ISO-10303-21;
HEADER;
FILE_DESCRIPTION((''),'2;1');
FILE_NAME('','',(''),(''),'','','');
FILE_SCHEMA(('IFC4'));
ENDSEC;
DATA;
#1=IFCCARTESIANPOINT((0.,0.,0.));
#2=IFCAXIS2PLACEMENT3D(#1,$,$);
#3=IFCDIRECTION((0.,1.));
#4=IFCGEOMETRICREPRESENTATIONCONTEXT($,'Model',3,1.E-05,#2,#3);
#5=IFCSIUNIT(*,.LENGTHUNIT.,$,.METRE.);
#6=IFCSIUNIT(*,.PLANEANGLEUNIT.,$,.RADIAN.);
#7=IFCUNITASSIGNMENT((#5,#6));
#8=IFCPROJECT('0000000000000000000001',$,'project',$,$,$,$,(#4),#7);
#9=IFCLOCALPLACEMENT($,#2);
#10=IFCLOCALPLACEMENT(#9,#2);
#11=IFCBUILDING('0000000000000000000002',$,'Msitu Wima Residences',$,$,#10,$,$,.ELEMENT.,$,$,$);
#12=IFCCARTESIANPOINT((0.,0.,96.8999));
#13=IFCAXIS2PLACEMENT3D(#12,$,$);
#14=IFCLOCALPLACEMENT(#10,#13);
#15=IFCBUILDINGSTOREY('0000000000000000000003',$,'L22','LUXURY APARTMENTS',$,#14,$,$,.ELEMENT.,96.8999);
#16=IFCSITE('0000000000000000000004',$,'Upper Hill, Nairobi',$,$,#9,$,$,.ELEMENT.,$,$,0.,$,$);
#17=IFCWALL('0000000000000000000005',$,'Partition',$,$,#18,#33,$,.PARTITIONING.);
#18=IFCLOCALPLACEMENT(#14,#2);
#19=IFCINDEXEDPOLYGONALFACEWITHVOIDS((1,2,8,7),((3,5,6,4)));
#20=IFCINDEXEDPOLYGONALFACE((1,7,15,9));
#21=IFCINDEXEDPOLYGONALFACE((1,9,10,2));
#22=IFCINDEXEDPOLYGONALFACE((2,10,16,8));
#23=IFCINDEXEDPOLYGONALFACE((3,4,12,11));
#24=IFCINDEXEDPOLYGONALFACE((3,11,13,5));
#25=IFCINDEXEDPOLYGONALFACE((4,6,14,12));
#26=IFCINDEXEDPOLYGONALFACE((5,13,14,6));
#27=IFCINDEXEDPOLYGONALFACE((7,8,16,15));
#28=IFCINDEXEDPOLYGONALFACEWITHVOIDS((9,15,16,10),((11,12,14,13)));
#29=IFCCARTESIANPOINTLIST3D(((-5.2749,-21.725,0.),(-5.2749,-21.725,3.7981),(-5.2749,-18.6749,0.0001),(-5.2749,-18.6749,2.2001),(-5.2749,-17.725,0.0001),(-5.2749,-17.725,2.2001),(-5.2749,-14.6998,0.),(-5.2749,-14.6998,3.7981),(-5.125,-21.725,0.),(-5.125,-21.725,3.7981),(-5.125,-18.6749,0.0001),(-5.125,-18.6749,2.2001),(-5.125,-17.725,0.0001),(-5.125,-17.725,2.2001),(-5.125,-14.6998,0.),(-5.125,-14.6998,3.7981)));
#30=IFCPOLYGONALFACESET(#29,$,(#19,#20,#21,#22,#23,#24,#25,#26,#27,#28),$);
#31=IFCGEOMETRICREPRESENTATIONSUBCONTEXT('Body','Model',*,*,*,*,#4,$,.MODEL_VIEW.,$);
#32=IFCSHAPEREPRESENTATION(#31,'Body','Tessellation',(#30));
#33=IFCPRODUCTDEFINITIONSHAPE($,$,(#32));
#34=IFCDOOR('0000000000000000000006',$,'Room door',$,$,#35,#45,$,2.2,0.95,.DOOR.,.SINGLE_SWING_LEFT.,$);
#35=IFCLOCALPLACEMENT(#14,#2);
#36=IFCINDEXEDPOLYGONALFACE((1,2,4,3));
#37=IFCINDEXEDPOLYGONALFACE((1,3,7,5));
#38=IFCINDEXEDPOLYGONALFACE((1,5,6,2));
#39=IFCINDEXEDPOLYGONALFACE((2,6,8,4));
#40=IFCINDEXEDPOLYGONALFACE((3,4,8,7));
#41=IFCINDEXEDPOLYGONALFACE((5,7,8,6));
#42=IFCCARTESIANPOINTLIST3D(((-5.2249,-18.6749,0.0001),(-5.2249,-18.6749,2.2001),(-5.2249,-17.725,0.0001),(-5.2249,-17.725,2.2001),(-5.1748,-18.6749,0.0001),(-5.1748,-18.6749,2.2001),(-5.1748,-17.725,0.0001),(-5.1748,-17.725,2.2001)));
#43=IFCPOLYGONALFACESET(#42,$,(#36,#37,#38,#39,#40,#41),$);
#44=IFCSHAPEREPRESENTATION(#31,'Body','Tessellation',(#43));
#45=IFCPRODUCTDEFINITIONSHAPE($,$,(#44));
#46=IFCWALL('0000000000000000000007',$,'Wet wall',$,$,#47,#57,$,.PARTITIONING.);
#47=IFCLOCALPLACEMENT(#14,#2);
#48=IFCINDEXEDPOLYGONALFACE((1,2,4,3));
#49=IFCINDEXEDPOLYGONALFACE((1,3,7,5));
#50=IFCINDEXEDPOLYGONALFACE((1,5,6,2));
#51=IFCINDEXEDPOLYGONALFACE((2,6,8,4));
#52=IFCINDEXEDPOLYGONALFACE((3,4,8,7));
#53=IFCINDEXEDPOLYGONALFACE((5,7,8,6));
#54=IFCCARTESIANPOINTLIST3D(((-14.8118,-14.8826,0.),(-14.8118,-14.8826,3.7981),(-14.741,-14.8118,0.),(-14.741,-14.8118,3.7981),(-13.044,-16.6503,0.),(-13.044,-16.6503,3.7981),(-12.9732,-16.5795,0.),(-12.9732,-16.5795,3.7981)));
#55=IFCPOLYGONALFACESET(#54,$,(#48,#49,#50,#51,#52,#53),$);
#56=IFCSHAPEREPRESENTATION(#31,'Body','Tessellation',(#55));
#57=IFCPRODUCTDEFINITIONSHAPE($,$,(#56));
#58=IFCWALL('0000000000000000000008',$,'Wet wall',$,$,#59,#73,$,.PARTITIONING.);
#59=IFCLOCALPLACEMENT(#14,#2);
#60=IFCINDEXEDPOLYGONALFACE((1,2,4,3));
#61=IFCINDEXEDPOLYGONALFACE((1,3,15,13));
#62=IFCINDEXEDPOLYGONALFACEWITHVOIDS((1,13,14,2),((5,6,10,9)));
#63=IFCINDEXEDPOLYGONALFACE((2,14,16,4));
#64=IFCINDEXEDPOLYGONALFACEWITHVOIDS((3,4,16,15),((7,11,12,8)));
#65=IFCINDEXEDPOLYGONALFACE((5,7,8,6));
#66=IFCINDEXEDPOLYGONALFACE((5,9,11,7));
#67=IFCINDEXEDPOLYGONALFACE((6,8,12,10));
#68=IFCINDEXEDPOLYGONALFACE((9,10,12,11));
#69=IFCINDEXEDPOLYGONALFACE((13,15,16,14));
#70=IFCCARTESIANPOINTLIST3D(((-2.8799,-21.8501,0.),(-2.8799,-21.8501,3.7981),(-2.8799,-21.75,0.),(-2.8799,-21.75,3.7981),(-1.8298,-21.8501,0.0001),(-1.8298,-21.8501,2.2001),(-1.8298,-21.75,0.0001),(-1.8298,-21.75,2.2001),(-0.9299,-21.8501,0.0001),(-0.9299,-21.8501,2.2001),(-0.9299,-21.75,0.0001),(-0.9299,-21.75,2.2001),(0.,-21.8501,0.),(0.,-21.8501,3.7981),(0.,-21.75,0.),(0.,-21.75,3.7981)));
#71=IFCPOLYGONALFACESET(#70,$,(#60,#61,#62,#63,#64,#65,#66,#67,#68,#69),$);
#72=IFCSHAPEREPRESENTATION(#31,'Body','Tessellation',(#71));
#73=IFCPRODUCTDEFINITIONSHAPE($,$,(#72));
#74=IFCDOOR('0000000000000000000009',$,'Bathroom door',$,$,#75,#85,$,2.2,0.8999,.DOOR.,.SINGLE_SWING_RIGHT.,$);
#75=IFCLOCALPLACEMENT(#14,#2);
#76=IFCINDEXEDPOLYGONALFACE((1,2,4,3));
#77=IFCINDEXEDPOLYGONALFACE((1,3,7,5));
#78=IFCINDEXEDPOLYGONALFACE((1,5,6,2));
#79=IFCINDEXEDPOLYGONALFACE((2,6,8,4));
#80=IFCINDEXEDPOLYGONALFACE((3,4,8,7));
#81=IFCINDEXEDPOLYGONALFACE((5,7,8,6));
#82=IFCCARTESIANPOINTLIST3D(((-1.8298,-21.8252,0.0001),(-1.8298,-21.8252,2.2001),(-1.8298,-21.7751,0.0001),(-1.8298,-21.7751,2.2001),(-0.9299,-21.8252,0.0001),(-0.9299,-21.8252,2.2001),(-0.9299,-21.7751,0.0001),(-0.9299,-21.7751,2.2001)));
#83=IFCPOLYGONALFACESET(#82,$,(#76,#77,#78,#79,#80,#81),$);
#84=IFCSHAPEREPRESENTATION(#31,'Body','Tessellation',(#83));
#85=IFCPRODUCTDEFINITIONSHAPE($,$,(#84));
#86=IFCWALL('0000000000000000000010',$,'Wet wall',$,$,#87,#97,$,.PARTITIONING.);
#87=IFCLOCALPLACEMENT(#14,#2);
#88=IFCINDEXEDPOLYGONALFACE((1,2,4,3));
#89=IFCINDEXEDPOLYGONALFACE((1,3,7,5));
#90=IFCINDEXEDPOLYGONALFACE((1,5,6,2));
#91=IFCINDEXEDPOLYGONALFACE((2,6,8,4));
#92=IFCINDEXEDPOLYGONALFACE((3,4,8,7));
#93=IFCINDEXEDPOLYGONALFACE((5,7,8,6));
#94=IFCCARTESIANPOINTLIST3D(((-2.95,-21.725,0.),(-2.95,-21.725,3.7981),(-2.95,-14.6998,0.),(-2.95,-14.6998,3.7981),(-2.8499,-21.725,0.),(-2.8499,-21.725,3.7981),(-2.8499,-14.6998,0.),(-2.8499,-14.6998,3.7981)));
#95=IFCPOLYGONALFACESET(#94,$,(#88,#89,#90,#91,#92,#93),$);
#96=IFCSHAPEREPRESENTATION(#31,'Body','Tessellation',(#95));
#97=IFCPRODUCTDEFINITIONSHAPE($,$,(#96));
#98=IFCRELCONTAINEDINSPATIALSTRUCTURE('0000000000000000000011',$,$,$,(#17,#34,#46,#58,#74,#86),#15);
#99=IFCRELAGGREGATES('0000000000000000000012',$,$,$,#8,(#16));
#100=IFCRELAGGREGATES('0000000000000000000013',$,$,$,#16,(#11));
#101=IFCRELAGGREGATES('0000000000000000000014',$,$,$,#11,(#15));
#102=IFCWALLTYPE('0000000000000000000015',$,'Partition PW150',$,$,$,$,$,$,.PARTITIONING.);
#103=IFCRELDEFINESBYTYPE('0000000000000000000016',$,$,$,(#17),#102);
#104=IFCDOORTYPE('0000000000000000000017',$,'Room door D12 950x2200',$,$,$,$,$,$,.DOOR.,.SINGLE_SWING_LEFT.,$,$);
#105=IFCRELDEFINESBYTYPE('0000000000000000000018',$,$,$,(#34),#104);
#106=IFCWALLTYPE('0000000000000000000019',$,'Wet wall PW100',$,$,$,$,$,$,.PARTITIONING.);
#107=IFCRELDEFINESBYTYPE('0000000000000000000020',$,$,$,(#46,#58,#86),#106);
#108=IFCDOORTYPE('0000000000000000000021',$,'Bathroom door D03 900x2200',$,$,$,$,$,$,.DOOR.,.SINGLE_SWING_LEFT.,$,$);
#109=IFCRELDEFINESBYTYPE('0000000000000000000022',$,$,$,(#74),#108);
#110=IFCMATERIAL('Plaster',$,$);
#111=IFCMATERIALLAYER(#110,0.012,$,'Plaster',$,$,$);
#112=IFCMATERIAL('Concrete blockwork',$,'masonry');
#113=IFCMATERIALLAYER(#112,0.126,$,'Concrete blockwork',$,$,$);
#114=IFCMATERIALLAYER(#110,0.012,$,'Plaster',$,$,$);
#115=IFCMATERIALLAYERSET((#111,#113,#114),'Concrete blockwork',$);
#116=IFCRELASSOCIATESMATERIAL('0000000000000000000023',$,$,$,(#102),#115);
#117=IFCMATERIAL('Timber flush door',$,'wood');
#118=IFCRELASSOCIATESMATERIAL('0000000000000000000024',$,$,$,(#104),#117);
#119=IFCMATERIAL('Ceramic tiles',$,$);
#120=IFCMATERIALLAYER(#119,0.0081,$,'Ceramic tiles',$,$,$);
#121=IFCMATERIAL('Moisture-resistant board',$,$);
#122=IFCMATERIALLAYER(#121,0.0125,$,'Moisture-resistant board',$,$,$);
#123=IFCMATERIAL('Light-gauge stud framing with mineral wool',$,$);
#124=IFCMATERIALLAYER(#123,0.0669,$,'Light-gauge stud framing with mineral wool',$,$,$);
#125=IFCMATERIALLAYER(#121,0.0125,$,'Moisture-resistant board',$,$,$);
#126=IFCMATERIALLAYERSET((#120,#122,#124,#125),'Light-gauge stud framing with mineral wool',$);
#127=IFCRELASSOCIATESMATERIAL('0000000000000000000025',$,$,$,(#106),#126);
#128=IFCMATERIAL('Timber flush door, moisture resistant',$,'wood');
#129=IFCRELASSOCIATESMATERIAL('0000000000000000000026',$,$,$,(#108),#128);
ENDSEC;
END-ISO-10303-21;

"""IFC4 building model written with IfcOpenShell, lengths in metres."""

from ifc_helpers import new_model, si_unit, direction, frame, frame_2d, origin, place, context, subcontext, project, spatial, rectangle, extrude, material, layer, layer_set, type_object, element, fill, save


model = new_model("IFC4")

# Units and contexts
model_context = context("Model", 3, precision=1e-05, world=origin(), true_north=direction((0.0, 1.0)))
body_context = subcontext(model_context, "Body", "Model", "MODEL_VIEW")
ifc_project = project(units=[si_unit("LENGTHUNIT", "METRE"), si_unit("PLANEANGLEUNIT", "RADIAN")], contexts=[model_context])

# Site, building, storey
site_placement = place(None, origin())
site = spatial("IfcSite", under=ifc_project, at=site_placement, Name="Upper Hill, Nairobi", CompositionType="ELEMENT", RefElevation=0.0)
building_placement = place(site_placement, origin())
building = spatial("IfcBuilding", under=site, at=building_placement, Name="Msitu Wima Residences", CompositionType="ELEMENT")
storey_placement = place(building_placement, frame((0.0, 0.0, 96.8999)))
storey = spatial("IfcBuildingStorey", under=building, at=storey_placement, Name="L22", Description="LUXURY APARTMENTS", CompositionType="ELEMENT", Elevation=96.8999)

# Shared definitions
ifc_material_1 = material(Name="Plaster")
ifc_layer_1 = layer(ifc_material_1, 0.012, Name="Plaster")
ifc_material_2 = material(Name="Concrete blockwork", Category="masonry")
ifc_layer_2 = layer(ifc_material_2, 0.126, Name="Concrete blockwork")
ifc_layer_3 = layer(ifc_material_1, 0.012, Name="Plaster")
ifc_layer_set_1 = layer_set([ifc_layer_1, ifc_layer_2, ifc_layer_3], Name="Concrete blockwork")
wall_type_1 = type_object("IfcWallType", Name="Partition PW150", PredefinedType="PARTITIONING", material=ifc_layer_set_1)
ifc_material_3 = material(Name="Timber flush door", Category="wood")
door_type_1 = type_object("IfcDoorType", Name="Room door D12 950x2200", OperationType="SINGLE_SWING_LEFT", PredefinedType="DOOR", material=ifc_material_3)

# Wall, opening, door
wall_1_placement = place(storey_placement, frame((-5.2, -21.7251, 0.0), z_axis=(0.0, 0.0, 1.0), x_axis=(0.0, 1.0, 0.0)))
wall_1 = element("IfcWall", 1, at=wall_1_placement, inside=storey, type_object=wall_type_1, Name="Partition", PredefinedType="PARTITIONING", context=body_context, shape_type="SweptSolid", body=[
    extrude(rectangle(XDim=7.0251, YDim=0.1499, at=frame_2d((3.5127, 0.0))), origin(), (0.0, 0.0, 1.0), 3.7981),
])
opening_1_placement = place(wall_1_placement, frame((3.05, 0.0, 0.0)))
opening_1 = element("IfcOpeningElement", 2, at=opening_1_placement, cuts=wall_1, PredefinedType="OPENING", context=body_context, shape_type="SweptSolid", body=[
    extrude(rectangle(XDim=0.95, YDim=2.2, at=frame_2d((0.4751, 1.1001))), frame((0.0, 0.085, 0.0), z_axis=(0.0, -1.0, 0.0), x_axis=(1.0, 0.0, 0.0)), (0.0, 0.0, 1.0), 0.1699),
])
door_1_placement = place(opening_1_placement, origin())
door_1 = element("IfcDoor", 3, at=door_1_placement, inside=storey, type_object=door_type_1, Name="Room door", OperationType="SINGLE_SWING_LEFT", OverallHeight=2.2, OverallWidth=0.95, PredefinedType="DOOR", context=body_context, shape_type="SweptSolid", body=[
    extrude(rectangle(XDim=0.95, YDim=2.2, at=frame_2d((0.4751, 1.1001))), frame((0.0, 0.0249, 0.0), z_axis=(0.0, -1.0, 0.0), x_axis=(1.0, 0.0, 0.0)), (0.0, 0.0, 1.0), 0.05),
])
fill(opening_1, door_1)

# Wall
ifc_material_4 = material(Name="Ceramic tiles")
ifc_layer_4 = layer(ifc_material_4, 0.0081, Name="Ceramic tiles")
ifc_material_5 = material(Name="Moisture-resistant board")
ifc_layer_5 = layer(ifc_material_5, 0.0125, Name="Moisture-resistant board")
ifc_material_6 = material(Name="Light-gauge stud framing with mineral wool")
ifc_layer_6 = layer(ifc_material_6, 0.0669, Name="Light-gauge stud framing with mineral wool")
ifc_layer_7 = layer(ifc_material_5, 0.0125, Name="Moisture-resistant board")
ifc_layer_set_2 = layer_set([ifc_layer_4, ifc_layer_5, ifc_layer_6, ifc_layer_7], Name="Light-gauge stud framing with mineral wool")
wall_type_2 = type_object("IfcWallType", Name="Wet wall PW100", PredefinedType="PARTITIONING", material=ifc_layer_set_2)
wall_2_placement = place(storey_placement, frame((-14.7764, -14.8472, 0.0), z_axis=(0.0, 0.0, 1.0), x_axis=(0.707107, -0.707107, 0.0)))
element("IfcWall", 4, at=wall_2_placement, inside=storey, type_object=wall_type_2, Name="Wet wall", PredefinedType="PARTITIONING", context=body_context, shape_type="SweptSolid", body=[
    extrude(rectangle(XDim=2.5, YDim=0.1001, at=frame_2d((1.25, 0.0))), origin(), (0.0, 0.0, 1.0), 3.7981),
])

# Wall, opening, door
wall_3_placement = place(storey_placement, frame((-2.8799, -21.8, 0.0), z_axis=(0.0, 0.0, 1.0), x_axis=(1.0, 0.0, 0.0)))
wall_3 = element("IfcWall", 5, at=wall_3_placement, inside=storey, type_object=wall_type_2, Name="Wet wall", PredefinedType="PARTITIONING", context=body_context, shape_type="SweptSolid", body=[
    extrude(rectangle(XDim=2.8799, YDim=0.1001, at=frame_2d((1.4399, 0.0))), origin(), (0.0, 0.0, 1.0), 3.7981),
])
opening_2_placement = place(wall_3_placement, frame((1.05, 0.0, 0.0)))
opening_2 = element("IfcOpeningElement", 6, at=opening_2_placement, cuts=wall_3, PredefinedType="OPENING", context=body_context, shape_type="SweptSolid", body=[
    extrude(rectangle(XDim=0.8999, YDim=2.2, at=frame_2d((0.45, 1.1001))), frame((0.0, 0.0601, 0.0), z_axis=(0.0, -1.0, 0.0), x_axis=(1.0, 0.0, 0.0)), (0.0, 0.0, 1.0), 0.1201),
])
ifc_material_7 = material(Name="Timber flush door, moisture resistant", Category="wood")
door_type_2 = type_object("IfcDoorType", Name="Bathroom door D03 900x2200", OperationType="SINGLE_SWING_LEFT", PredefinedType="DOOR", material=ifc_material_7)
door_2_placement = place(opening_2_placement, origin())
door_2 = element("IfcDoor", 7, at=door_2_placement, inside=storey, type_object=door_type_2, Name="Bathroom door", OperationType="SINGLE_SWING_RIGHT", OverallHeight=2.2, OverallWidth=0.8999, PredefinedType="DOOR", context=body_context, shape_type="SweptSolid", body=[
    extrude(rectangle(XDim=0.8999, YDim=2.2, at=frame_2d((0.45, 1.1001))), frame((0.0, 0.0249, 0.0), z_axis=(0.0, -1.0, 0.0), x_axis=(1.0, 0.0, 0.0)), (0.0, 0.0, 1.0), 0.05),
])
fill(opening_2, door_2)

# Wall
wall_4_placement = place(storey_placement, frame((-2.8999, -21.7251, 0.0), z_axis=(0.0, 0.0, 1.0), x_axis=(0.0, 1.0, 0.0)))
element("IfcWall", 8, at=wall_4_placement, inside=storey, type_object=wall_type_2, Name="Wet wall", PredefinedType="PARTITIONING", context=body_context, shape_type="SweptSolid", body=[
    extrude(rectangle(XDim=7.0251, YDim=0.1001, at=frame_2d((3.5127, 0.0))), origin(), (0.0, 0.0, 1.0), 3.7981),
])

save(model, "model.ifc")
